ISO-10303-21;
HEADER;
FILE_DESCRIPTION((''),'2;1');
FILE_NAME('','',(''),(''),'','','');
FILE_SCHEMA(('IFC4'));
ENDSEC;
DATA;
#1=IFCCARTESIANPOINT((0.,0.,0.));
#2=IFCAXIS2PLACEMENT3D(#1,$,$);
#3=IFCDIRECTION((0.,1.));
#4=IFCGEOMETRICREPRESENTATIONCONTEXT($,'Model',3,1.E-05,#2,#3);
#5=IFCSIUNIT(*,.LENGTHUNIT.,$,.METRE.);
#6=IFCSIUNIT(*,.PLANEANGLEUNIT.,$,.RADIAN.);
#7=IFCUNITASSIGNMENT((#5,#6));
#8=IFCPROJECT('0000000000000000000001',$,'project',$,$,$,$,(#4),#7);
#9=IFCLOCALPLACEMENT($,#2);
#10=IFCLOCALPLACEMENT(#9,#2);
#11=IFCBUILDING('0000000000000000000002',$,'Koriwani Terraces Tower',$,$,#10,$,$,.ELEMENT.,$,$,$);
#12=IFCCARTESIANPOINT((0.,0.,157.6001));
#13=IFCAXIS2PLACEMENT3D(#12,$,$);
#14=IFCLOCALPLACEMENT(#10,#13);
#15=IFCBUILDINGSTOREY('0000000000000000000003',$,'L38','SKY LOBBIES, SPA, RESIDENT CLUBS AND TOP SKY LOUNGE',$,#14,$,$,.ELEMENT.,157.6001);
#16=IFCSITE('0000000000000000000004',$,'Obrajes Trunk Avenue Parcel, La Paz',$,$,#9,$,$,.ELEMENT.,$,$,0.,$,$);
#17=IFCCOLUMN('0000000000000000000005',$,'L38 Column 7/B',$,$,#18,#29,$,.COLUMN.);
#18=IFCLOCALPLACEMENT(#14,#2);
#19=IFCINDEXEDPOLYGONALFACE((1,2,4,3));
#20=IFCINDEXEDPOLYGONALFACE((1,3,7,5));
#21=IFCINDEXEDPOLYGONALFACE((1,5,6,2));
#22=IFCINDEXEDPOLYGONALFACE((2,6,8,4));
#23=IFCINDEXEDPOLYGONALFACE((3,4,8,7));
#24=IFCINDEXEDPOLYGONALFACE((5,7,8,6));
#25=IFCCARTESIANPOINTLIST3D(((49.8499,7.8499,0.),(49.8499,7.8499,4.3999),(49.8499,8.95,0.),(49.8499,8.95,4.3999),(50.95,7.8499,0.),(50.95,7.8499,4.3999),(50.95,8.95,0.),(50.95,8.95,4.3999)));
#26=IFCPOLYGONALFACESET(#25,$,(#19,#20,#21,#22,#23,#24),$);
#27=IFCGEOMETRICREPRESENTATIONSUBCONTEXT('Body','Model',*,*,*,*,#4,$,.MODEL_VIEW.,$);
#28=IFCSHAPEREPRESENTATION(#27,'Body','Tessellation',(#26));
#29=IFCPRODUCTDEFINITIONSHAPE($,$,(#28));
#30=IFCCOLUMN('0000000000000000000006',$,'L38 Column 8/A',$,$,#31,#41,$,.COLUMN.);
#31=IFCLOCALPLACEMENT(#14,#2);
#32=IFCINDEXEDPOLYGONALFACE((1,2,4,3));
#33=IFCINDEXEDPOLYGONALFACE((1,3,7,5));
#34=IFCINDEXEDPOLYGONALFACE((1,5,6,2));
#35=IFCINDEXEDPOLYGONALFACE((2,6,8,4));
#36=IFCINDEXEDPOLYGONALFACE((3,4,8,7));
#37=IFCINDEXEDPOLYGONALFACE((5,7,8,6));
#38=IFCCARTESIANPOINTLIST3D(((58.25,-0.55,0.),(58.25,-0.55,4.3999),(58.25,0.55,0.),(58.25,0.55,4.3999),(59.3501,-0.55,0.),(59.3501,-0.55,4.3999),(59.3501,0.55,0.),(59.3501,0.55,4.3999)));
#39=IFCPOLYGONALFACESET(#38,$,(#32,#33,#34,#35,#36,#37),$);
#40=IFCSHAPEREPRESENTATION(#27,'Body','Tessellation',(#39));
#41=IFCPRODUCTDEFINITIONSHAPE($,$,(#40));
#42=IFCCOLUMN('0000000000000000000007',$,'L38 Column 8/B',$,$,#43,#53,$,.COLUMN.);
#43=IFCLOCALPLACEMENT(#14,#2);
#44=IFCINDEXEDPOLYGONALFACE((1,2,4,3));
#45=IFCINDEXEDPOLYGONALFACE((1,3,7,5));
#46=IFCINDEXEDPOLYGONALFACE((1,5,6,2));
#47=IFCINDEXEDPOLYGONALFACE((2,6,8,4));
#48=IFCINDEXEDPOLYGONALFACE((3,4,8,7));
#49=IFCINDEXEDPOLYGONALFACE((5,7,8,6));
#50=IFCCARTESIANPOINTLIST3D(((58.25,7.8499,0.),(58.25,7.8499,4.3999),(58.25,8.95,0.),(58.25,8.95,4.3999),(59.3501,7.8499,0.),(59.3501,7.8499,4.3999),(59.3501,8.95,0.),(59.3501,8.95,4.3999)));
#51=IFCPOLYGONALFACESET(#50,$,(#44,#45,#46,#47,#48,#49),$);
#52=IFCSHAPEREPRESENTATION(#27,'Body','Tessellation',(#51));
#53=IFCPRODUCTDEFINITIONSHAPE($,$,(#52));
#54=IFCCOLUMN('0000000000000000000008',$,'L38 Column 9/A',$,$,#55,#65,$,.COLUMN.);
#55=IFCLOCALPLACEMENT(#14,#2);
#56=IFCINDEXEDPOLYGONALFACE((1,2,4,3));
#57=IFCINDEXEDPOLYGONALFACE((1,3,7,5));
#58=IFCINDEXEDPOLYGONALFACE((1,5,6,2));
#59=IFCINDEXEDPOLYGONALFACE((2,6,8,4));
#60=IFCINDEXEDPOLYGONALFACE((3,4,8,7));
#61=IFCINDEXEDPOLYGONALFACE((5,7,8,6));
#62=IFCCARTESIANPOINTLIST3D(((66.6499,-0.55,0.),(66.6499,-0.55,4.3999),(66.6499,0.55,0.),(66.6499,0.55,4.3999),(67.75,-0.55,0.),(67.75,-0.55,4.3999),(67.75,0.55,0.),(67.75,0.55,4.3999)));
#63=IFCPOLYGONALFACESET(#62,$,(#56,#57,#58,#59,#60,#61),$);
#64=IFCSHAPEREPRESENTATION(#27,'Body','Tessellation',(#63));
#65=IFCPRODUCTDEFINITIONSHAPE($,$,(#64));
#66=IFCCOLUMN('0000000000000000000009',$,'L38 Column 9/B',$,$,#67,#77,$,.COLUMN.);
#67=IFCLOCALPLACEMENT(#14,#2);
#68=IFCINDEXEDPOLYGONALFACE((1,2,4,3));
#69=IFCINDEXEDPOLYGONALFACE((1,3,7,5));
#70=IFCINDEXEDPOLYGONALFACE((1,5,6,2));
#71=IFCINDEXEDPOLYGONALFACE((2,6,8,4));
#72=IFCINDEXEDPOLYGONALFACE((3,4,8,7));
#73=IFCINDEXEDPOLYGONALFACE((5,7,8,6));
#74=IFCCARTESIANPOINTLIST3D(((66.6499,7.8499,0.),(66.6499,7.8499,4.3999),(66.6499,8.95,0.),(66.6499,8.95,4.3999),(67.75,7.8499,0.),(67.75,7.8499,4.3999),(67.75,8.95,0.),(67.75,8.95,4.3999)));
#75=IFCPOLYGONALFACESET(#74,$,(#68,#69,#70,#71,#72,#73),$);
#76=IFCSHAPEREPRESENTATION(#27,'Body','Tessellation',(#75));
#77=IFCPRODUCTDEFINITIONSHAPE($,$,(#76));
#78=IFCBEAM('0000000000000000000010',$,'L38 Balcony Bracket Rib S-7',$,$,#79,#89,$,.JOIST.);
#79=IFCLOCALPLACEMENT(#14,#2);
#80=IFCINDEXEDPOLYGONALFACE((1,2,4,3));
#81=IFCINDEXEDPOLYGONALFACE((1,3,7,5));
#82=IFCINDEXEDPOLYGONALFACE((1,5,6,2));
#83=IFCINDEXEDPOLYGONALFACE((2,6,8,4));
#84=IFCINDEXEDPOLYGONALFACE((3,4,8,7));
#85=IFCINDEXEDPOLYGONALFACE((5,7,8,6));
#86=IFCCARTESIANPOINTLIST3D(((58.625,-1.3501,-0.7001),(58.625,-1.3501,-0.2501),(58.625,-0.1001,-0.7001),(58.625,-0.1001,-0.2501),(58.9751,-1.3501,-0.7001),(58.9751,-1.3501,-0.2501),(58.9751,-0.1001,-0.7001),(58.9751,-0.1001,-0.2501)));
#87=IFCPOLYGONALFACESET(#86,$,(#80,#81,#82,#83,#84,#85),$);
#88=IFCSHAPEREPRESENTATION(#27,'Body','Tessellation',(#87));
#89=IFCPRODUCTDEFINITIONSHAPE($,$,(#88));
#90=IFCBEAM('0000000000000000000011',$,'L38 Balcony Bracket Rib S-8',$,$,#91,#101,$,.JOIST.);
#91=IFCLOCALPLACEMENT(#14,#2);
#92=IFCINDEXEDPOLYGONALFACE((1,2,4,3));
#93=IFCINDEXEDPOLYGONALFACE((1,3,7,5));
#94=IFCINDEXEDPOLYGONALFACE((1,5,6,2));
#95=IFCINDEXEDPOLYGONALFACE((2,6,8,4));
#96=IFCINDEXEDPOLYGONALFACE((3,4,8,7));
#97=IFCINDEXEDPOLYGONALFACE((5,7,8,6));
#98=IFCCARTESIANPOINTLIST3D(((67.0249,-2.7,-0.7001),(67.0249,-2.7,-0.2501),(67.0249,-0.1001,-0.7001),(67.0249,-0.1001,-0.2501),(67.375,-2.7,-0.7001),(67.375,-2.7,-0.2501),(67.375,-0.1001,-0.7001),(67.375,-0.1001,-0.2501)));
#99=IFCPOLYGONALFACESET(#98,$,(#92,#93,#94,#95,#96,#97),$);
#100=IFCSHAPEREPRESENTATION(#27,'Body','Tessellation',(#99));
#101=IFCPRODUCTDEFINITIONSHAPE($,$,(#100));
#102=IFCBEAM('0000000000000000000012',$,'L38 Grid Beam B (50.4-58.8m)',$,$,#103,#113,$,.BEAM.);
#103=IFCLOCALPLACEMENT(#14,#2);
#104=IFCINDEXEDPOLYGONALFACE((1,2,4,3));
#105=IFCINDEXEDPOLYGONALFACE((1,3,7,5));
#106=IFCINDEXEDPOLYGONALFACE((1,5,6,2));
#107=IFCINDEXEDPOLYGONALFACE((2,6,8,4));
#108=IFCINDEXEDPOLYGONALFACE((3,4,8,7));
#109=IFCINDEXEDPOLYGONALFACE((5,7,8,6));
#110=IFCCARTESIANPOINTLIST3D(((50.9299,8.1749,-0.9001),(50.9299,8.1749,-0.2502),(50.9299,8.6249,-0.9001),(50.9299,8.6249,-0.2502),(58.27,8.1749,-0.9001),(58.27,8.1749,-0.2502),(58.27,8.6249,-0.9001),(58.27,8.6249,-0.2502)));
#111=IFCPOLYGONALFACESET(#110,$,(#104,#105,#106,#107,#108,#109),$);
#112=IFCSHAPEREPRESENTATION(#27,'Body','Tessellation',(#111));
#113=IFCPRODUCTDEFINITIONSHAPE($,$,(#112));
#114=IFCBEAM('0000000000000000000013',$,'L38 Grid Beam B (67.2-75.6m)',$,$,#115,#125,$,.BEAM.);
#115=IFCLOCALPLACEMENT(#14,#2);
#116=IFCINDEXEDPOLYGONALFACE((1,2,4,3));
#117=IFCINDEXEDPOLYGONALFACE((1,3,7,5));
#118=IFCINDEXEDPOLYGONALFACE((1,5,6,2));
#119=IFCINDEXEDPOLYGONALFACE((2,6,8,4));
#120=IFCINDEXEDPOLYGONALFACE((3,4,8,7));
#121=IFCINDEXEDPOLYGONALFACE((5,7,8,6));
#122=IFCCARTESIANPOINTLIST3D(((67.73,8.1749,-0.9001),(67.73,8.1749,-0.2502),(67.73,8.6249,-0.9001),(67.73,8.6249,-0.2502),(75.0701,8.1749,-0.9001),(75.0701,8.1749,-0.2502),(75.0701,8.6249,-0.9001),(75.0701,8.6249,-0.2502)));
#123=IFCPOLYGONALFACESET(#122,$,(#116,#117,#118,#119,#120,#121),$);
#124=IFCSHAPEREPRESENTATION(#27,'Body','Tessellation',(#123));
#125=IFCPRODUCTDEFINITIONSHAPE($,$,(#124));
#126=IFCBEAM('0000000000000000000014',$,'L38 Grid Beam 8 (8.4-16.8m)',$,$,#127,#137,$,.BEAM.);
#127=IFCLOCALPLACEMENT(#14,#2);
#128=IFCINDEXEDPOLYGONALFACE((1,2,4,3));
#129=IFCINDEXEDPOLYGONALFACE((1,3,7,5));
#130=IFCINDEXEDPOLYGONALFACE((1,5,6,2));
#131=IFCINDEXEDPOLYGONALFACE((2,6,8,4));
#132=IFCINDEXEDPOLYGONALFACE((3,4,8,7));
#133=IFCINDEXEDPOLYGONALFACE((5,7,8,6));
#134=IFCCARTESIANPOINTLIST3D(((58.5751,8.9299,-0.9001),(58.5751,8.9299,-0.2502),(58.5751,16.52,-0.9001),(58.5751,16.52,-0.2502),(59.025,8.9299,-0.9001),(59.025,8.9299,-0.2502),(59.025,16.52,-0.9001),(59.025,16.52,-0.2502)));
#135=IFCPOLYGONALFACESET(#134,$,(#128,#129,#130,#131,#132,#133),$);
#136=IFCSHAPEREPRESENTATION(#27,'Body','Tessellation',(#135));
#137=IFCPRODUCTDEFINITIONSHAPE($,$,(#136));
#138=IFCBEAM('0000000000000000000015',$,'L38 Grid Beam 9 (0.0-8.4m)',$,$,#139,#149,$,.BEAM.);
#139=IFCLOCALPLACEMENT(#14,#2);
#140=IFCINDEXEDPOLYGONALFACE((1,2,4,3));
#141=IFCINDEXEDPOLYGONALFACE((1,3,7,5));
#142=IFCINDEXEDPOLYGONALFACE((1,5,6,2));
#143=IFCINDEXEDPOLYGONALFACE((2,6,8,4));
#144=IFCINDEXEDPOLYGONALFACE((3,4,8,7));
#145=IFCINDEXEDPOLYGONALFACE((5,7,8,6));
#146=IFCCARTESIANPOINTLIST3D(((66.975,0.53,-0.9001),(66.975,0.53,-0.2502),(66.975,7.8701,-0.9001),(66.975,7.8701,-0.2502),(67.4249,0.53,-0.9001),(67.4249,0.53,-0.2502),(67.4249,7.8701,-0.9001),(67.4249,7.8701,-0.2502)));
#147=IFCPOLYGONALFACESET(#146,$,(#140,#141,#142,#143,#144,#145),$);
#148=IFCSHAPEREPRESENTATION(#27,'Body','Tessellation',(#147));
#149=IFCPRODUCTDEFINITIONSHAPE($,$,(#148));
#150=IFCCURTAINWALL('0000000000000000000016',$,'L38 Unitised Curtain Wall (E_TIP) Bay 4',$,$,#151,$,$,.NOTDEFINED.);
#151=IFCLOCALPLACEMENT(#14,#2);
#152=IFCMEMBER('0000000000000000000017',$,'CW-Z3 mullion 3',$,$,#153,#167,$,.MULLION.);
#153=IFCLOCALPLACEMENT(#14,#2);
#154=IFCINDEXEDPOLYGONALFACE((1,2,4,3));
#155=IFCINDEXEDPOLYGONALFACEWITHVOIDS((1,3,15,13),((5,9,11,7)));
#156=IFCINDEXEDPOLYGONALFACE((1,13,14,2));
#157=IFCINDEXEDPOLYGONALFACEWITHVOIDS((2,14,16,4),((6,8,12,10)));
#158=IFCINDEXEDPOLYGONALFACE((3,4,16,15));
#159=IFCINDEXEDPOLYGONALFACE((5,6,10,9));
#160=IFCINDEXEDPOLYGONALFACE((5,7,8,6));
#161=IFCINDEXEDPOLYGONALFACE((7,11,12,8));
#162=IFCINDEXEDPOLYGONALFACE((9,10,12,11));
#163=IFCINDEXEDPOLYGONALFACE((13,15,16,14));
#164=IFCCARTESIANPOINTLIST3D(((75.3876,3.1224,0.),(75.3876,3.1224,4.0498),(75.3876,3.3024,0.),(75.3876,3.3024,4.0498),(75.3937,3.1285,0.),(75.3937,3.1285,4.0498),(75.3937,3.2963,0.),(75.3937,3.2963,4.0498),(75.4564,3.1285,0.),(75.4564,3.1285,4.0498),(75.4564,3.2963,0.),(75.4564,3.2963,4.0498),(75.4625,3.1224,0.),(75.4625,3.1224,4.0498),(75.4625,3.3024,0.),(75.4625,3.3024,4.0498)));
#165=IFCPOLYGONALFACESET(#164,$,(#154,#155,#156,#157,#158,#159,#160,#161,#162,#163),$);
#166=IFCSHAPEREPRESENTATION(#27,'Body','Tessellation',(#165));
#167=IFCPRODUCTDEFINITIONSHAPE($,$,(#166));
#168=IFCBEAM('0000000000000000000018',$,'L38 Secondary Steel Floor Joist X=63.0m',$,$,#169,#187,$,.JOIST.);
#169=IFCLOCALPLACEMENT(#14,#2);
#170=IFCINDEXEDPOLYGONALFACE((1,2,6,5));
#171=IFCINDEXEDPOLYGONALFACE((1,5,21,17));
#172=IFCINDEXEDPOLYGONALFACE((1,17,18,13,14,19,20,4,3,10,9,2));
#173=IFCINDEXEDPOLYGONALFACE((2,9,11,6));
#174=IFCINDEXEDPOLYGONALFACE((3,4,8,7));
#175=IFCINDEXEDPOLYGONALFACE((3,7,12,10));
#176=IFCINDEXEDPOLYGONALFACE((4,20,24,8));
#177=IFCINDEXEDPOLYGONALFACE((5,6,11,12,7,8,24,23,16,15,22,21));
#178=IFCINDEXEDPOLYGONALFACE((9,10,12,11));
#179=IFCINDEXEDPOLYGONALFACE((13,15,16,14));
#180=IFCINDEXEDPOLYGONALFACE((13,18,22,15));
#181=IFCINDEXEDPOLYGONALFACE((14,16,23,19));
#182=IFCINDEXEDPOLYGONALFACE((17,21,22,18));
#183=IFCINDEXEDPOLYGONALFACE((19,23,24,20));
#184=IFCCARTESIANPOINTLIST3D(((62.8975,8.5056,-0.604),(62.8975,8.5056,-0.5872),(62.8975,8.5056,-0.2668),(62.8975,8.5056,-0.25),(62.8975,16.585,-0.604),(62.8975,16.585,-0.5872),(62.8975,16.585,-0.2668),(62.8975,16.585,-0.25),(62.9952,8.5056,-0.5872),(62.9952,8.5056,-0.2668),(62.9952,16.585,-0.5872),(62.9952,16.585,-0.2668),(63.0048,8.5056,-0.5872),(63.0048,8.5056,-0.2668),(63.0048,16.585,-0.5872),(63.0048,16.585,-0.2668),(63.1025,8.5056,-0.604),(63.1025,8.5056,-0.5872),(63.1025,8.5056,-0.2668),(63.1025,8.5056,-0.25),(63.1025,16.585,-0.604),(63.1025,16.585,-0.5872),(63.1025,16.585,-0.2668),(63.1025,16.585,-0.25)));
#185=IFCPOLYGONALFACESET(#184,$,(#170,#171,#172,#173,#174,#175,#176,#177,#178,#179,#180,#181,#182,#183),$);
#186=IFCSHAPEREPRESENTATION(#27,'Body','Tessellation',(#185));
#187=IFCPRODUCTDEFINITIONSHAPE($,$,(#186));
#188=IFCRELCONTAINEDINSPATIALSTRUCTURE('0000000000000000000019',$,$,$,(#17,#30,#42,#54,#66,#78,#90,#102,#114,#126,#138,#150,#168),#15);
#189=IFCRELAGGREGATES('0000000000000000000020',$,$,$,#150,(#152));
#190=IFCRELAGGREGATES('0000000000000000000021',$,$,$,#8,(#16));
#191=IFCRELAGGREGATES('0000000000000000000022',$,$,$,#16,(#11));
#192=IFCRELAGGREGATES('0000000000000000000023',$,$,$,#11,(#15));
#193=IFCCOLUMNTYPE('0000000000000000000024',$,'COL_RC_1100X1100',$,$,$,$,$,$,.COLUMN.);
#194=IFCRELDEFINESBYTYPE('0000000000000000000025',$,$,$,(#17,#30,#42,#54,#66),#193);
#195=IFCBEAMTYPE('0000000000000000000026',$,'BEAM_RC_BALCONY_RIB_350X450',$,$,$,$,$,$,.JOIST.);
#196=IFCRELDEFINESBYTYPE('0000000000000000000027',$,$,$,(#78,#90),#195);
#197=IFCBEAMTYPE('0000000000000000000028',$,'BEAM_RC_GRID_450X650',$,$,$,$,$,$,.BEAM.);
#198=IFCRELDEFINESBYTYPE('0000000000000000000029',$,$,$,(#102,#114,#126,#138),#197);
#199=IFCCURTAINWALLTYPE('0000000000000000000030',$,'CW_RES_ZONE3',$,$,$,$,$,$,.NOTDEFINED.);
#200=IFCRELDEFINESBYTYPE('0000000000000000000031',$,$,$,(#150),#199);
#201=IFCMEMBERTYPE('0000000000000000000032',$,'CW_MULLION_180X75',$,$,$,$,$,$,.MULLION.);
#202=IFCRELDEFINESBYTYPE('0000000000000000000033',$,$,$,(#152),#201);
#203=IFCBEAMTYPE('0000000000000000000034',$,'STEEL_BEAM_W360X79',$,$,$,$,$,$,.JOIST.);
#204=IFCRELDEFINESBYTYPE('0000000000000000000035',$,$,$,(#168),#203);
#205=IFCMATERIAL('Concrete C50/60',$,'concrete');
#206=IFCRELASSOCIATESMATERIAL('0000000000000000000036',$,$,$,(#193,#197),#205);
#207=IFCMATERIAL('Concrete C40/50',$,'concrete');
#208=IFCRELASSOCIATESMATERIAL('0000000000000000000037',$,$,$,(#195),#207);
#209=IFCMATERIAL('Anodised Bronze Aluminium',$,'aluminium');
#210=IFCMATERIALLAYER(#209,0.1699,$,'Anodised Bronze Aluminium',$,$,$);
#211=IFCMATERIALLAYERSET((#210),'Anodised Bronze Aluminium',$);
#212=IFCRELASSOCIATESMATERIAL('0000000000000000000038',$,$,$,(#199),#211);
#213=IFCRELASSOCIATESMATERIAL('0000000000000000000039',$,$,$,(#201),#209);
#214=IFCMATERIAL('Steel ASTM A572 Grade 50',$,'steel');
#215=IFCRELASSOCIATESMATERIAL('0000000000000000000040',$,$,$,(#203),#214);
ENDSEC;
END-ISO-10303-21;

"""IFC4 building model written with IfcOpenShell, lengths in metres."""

from ifc_helpers import new_model, si_unit, direction, frame, origin, origin_2d, place, context, subcontext, project, spatial, rectangle, hollow_rectangle, i_section, extrude, material, layer, layer_set, material_profile, profile_set, type_object, element, aggregate, save


model = new_model("IFC4")

# Units and contexts
model_context = context("Model", 3, precision=1e-05, world=origin(), true_north=direction((0.0, 1.0)))
body_context = subcontext(model_context, "Body", "Model", "MODEL_VIEW")
ifc_project = project(units=[si_unit("LENGTHUNIT", "METRE"), si_unit("PLANEANGLEUNIT", "RADIAN")], contexts=[model_context])

# Site, building, storey
site_placement = place(None, origin())
site = spatial("IfcSite", under=ifc_project, at=site_placement, Name="Obrajes Trunk Avenue Parcel, La Paz", CompositionType="ELEMENT", RefElevation=0.0)
building_placement = place(site_placement, origin())
building = spatial("IfcBuilding", under=site, at=building_placement, Name="Koriwani Terraces Tower", CompositionType="ELEMENT")
storey_placement = place(building_placement, frame((0.0, 0.0, 157.6001)))
storey = spatial("IfcBuildingStorey", under=building, at=storey_placement, Name="L38", Description="SKY LOBBIES, SPA, RESIDENT CLUBS AND TOP SKY LOUNGE", CompositionType="ELEMENT", Elevation=157.6001)

# Columns
ifc_material_1 = material(Name="Concrete C50/60", Category="concrete")
ifc_material_profile_1 = material_profile(ifc_material_1, rectangle(XDim=1.1001, YDim=1.1001, at=origin_2d()), Name="Concrete C50/60", Category="LoadBearing")
ifc_profile_set_1 = profile_set([ifc_material_profile_1], Name="Concrete C50/60")
column_type = type_object("IfcColumnType", Name="COL_RC_1100X1100", PredefinedType="COLUMN", material=ifc_profile_set_1)
for number, where, z_axis, x_axis, name in (
    (1, (50.3999, 8.3999, 0.0), (0.0, 0.0, 1.0), (1.0, 0.0, 0.0), "L38 Column 7/B"),
    (2, (58.8, 0.0, 0.0), (0.0, 0.0, 1.0), (1.0, 0.0, 0.0), "L38 Column 8/A"),
    (3, (58.8, 8.3999, 0.0), (0.0, 0.0, 1.0), (1.0, 0.0, 0.0), "L38 Column 8/B"),
    (4, (67.2, 0.0, 0.0), (0.0, 0.0, 1.0), (1.0, 0.0, 0.0), "L38 Column 9/A"),
    (5, (67.2, 8.3999, 0.0), (0.0, 0.0, 1.0), (1.0, 0.0, 0.0), "L38 Column 9/B"),
):
    element("IfcColumn", number, at=place(storey_placement, frame(where, z_axis=z_axis, x_axis=x_axis)), inside=storey, type_object=column_type, Name=name, PredefinedType="COLUMN", context=body_context, shape_type="SweptSolid", body=[
        extrude(rectangle(XDim=1.1001, YDim=1.1001, at=origin_2d()), origin(), (0.0, 0.0, 1.0), 4.3999),
    ])

# Beams
ifc_material_2 = material(Name="Concrete C40/50", Category="concrete")
ifc_material_profile_2 = material_profile(ifc_material_2, rectangle(XDim=0.3501, YDim=0.45, at=origin_2d()), Name="Concrete C40/50", Category="LoadBearing")
ifc_profile_set_2 = profile_set([ifc_material_profile_2], Name="Concrete C40/50")
beam_type_1 = type_object("IfcBeamType", Name="BEAM_RC_BALCONY_RIB_350X450", PredefinedType="JOIST", material=ifc_profile_set_2)
beam_1_placement = place(storey_placement, frame((58.8, -1.3501, -0.4751), z_axis=(0.0, 1.0, 0.0), x_axis=(-1.0, 0.0, 0.0)))
element("IfcBeam", 6, at=beam_1_placement, inside=storey, type_object=beam_type_1, Name="L38 Balcony Bracket Rib S-7", PredefinedType="JOIST", context=body_context, shape_type="SweptSolid", body=[
    extrude(rectangle(XDim=0.3501, YDim=0.45, at=origin_2d()), origin(), (0.0, 0.0, 1.0), 1.25),
])
beam_2_placement = place(storey_placement, frame((67.2, -2.7, -0.4751), z_axis=(0.0, 1.0, 0.0), x_axis=(-1.0, 0.0, 0.0)))
element("IfcBeam", 7, at=beam_2_placement, inside=storey, type_object=beam_type_1, Name="L38 Balcony Bracket Rib S-8", PredefinedType="JOIST", context=body_context, shape_type="SweptSolid", body=[
    extrude(rectangle(XDim=0.3501, YDim=0.45, at=origin_2d()), origin(), (0.0, 0.0, 1.0), 2.5999),
])
ifc_material_profile_3 = material_profile(ifc_material_1, rectangle(XDim=0.45, YDim=0.6499, at=origin_2d()), Name="Concrete C50/60", Category="LoadBearing")
ifc_profile_set_3 = profile_set([ifc_material_profile_3], Name="Concrete C50/60")
beam_type_2 = type_object("IfcBeamType", Name="BEAM_RC_GRID_450X650", PredefinedType="BEAM", material=ifc_profile_set_3)
for number, where, z_axis, x_axis, name in (
    (8, (50.9299, 8.3999, -0.5752), (1.0, 0.0, 0.0), (0.0, 1.0, 0.0), "L38 Grid Beam B (50.4-58.8m)"),
    (9, (67.73, 8.3999, -0.5752), (1.0, 0.0, 0.0), (0.0, 1.0, 0.0), "L38 Grid Beam B (67.2-75.6m)"),
):
    element("IfcBeam", number, at=place(storey_placement, frame(where, z_axis=z_axis, x_axis=x_axis)), inside=storey, type_object=beam_type_2, Name=name, PredefinedType="BEAM", context=body_context, shape_type="SweptSolid", body=[
        extrude(rectangle(XDim=0.45, YDim=0.6499, at=origin_2d()), origin(), (0.0, 0.0, 1.0), 7.3401),
    ])
beam_3_placement = place(storey_placement, frame((58.8, 8.9299, -0.5752), z_axis=(0.0, 1.0, 0.0), x_axis=(-1.0, 0.0, 0.0)))
element("IfcBeam", 10, at=beam_3_placement, inside=storey, type_object=beam_type_2, Name="L38 Grid Beam 8 (8.4-16.8m)", PredefinedType="BEAM", context=body_context, shape_type="SweptSolid", body=[
    extrude(rectangle(XDim=0.45, YDim=0.6499, at=origin_2d()), origin(), (0.0, 0.0, 1.0), 7.5901),
])
beam_4_placement = place(storey_placement, frame((67.2, 0.53, -0.5752), z_axis=(0.0, 1.0, 0.0), x_axis=(-1.0, 0.0, 0.0)))
element("IfcBeam", 11, at=beam_4_placement, inside=storey, type_object=beam_type_2, Name="L38 Grid Beam 9 (0.0-8.4m)", PredefinedType="BEAM", context=body_context, shape_type="SweptSolid", body=[
    extrude(rectangle(XDim=0.45, YDim=0.6499, at=origin_2d()), origin(), (0.0, 0.0, 1.0), 7.3401),
])

# Curtain wall, member
ifc_material_3 = material(Name="Anodised Bronze Aluminium", Category="aluminium")
ifc_layer_1 = layer(ifc_material_3, 0.1699, Name="Anodised Bronze Aluminium")
ifc_layer_set_1 = layer_set([ifc_layer_1], Name="Anodised Bronze Aluminium")
curtain_wall_type = type_object("IfcCurtainWallType", Name="CW_RES_ZONE3", PredefinedType="NOTDEFINED", material=ifc_layer_set_1)
curtain_wall_placement = place(storey_placement, origin())
curtain_wall = element("IfcCurtainWall", 12, at=curtain_wall_placement, inside=storey, type_object=curtain_wall_type, Name="L38 Unitised Curtain Wall (E_TIP) Bay 4", PredefinedType="NOTDEFINED")
ifc_material_profile_4 = material_profile(ifc_material_3, hollow_rectangle(XDim=0.075, YDim=0.1799, WallThickness=0.0061, at=origin_2d()), Name="Anodised Bronze Aluminium", Category="LoadBearing")
ifc_profile_set_4 = profile_set([ifc_material_profile_4], Name="Anodised Bronze Aluminium")
member_type = type_object("IfcMemberType", Name="CW_MULLION_180X75", PredefinedType="MULLION", material=ifc_profile_set_4)
member_placement = place(storey_placement, frame((75.425, 3.2124, 0.0), z_axis=(0.0, 0.0, 1.0), x_axis=(1.0, 0.0, 0.0)))
member = element("IfcMember", 13, at=member_placement, type_object=member_type, Name="CW-Z3 mullion 3", PredefinedType="MULLION", context=body_context, shape_type="SweptSolid", body=[
    extrude(hollow_rectangle(XDim=0.075, YDim=0.1799, WallThickness=0.0061, at=origin_2d()), origin(), (0.0, 0.0, 1.0), 4.0498),
])
aggregate(curtain_wall, [member])

# Beam
ifc_material_4 = material(Name="Steel ASTM A572 Grade 50", Category="steel")
ifc_material_profile_5 = material_profile(ifc_material_4, i_section(OverallWidth=0.2051, OverallDepth=0.354, WebThickness=0.0095, FlangeThickness=0.0168, at=origin_2d()), Name="Steel ASTM A572 Grade 50", Category="LoadBearing")
ifc_profile_set_5 = profile_set([ifc_material_profile_5], Name="Steel ASTM A572 Grade 50")
beam_type_3 = type_object("IfcBeamType", Name="STEEL_BEAM_W360X79", PredefinedType="JOIST", material=ifc_profile_set_5)
beam_5_placement = place(storey_placement, frame((63.0, 8.5056, -0.427), z_axis=(0.0, 1.0, 0.0), x_axis=(-1.0, 0.0, 0.0)))
element("IfcBeam", 14, at=beam_5_placement, inside=storey, type_object=beam_type_3, Name="L38 Secondary Steel Floor Joist X=63.0m", PredefinedType="JOIST", context=body_context, shape_type="SweptSolid", body=[
    extrude(i_section(OverallWidth=0.2051, OverallDepth=0.354, WebThickness=0.0095, FlangeThickness=0.0168, at=origin_2d()), origin(), (0.0, 0.0, 1.0), 8.0793),
])

save(model, "model.ifc")
